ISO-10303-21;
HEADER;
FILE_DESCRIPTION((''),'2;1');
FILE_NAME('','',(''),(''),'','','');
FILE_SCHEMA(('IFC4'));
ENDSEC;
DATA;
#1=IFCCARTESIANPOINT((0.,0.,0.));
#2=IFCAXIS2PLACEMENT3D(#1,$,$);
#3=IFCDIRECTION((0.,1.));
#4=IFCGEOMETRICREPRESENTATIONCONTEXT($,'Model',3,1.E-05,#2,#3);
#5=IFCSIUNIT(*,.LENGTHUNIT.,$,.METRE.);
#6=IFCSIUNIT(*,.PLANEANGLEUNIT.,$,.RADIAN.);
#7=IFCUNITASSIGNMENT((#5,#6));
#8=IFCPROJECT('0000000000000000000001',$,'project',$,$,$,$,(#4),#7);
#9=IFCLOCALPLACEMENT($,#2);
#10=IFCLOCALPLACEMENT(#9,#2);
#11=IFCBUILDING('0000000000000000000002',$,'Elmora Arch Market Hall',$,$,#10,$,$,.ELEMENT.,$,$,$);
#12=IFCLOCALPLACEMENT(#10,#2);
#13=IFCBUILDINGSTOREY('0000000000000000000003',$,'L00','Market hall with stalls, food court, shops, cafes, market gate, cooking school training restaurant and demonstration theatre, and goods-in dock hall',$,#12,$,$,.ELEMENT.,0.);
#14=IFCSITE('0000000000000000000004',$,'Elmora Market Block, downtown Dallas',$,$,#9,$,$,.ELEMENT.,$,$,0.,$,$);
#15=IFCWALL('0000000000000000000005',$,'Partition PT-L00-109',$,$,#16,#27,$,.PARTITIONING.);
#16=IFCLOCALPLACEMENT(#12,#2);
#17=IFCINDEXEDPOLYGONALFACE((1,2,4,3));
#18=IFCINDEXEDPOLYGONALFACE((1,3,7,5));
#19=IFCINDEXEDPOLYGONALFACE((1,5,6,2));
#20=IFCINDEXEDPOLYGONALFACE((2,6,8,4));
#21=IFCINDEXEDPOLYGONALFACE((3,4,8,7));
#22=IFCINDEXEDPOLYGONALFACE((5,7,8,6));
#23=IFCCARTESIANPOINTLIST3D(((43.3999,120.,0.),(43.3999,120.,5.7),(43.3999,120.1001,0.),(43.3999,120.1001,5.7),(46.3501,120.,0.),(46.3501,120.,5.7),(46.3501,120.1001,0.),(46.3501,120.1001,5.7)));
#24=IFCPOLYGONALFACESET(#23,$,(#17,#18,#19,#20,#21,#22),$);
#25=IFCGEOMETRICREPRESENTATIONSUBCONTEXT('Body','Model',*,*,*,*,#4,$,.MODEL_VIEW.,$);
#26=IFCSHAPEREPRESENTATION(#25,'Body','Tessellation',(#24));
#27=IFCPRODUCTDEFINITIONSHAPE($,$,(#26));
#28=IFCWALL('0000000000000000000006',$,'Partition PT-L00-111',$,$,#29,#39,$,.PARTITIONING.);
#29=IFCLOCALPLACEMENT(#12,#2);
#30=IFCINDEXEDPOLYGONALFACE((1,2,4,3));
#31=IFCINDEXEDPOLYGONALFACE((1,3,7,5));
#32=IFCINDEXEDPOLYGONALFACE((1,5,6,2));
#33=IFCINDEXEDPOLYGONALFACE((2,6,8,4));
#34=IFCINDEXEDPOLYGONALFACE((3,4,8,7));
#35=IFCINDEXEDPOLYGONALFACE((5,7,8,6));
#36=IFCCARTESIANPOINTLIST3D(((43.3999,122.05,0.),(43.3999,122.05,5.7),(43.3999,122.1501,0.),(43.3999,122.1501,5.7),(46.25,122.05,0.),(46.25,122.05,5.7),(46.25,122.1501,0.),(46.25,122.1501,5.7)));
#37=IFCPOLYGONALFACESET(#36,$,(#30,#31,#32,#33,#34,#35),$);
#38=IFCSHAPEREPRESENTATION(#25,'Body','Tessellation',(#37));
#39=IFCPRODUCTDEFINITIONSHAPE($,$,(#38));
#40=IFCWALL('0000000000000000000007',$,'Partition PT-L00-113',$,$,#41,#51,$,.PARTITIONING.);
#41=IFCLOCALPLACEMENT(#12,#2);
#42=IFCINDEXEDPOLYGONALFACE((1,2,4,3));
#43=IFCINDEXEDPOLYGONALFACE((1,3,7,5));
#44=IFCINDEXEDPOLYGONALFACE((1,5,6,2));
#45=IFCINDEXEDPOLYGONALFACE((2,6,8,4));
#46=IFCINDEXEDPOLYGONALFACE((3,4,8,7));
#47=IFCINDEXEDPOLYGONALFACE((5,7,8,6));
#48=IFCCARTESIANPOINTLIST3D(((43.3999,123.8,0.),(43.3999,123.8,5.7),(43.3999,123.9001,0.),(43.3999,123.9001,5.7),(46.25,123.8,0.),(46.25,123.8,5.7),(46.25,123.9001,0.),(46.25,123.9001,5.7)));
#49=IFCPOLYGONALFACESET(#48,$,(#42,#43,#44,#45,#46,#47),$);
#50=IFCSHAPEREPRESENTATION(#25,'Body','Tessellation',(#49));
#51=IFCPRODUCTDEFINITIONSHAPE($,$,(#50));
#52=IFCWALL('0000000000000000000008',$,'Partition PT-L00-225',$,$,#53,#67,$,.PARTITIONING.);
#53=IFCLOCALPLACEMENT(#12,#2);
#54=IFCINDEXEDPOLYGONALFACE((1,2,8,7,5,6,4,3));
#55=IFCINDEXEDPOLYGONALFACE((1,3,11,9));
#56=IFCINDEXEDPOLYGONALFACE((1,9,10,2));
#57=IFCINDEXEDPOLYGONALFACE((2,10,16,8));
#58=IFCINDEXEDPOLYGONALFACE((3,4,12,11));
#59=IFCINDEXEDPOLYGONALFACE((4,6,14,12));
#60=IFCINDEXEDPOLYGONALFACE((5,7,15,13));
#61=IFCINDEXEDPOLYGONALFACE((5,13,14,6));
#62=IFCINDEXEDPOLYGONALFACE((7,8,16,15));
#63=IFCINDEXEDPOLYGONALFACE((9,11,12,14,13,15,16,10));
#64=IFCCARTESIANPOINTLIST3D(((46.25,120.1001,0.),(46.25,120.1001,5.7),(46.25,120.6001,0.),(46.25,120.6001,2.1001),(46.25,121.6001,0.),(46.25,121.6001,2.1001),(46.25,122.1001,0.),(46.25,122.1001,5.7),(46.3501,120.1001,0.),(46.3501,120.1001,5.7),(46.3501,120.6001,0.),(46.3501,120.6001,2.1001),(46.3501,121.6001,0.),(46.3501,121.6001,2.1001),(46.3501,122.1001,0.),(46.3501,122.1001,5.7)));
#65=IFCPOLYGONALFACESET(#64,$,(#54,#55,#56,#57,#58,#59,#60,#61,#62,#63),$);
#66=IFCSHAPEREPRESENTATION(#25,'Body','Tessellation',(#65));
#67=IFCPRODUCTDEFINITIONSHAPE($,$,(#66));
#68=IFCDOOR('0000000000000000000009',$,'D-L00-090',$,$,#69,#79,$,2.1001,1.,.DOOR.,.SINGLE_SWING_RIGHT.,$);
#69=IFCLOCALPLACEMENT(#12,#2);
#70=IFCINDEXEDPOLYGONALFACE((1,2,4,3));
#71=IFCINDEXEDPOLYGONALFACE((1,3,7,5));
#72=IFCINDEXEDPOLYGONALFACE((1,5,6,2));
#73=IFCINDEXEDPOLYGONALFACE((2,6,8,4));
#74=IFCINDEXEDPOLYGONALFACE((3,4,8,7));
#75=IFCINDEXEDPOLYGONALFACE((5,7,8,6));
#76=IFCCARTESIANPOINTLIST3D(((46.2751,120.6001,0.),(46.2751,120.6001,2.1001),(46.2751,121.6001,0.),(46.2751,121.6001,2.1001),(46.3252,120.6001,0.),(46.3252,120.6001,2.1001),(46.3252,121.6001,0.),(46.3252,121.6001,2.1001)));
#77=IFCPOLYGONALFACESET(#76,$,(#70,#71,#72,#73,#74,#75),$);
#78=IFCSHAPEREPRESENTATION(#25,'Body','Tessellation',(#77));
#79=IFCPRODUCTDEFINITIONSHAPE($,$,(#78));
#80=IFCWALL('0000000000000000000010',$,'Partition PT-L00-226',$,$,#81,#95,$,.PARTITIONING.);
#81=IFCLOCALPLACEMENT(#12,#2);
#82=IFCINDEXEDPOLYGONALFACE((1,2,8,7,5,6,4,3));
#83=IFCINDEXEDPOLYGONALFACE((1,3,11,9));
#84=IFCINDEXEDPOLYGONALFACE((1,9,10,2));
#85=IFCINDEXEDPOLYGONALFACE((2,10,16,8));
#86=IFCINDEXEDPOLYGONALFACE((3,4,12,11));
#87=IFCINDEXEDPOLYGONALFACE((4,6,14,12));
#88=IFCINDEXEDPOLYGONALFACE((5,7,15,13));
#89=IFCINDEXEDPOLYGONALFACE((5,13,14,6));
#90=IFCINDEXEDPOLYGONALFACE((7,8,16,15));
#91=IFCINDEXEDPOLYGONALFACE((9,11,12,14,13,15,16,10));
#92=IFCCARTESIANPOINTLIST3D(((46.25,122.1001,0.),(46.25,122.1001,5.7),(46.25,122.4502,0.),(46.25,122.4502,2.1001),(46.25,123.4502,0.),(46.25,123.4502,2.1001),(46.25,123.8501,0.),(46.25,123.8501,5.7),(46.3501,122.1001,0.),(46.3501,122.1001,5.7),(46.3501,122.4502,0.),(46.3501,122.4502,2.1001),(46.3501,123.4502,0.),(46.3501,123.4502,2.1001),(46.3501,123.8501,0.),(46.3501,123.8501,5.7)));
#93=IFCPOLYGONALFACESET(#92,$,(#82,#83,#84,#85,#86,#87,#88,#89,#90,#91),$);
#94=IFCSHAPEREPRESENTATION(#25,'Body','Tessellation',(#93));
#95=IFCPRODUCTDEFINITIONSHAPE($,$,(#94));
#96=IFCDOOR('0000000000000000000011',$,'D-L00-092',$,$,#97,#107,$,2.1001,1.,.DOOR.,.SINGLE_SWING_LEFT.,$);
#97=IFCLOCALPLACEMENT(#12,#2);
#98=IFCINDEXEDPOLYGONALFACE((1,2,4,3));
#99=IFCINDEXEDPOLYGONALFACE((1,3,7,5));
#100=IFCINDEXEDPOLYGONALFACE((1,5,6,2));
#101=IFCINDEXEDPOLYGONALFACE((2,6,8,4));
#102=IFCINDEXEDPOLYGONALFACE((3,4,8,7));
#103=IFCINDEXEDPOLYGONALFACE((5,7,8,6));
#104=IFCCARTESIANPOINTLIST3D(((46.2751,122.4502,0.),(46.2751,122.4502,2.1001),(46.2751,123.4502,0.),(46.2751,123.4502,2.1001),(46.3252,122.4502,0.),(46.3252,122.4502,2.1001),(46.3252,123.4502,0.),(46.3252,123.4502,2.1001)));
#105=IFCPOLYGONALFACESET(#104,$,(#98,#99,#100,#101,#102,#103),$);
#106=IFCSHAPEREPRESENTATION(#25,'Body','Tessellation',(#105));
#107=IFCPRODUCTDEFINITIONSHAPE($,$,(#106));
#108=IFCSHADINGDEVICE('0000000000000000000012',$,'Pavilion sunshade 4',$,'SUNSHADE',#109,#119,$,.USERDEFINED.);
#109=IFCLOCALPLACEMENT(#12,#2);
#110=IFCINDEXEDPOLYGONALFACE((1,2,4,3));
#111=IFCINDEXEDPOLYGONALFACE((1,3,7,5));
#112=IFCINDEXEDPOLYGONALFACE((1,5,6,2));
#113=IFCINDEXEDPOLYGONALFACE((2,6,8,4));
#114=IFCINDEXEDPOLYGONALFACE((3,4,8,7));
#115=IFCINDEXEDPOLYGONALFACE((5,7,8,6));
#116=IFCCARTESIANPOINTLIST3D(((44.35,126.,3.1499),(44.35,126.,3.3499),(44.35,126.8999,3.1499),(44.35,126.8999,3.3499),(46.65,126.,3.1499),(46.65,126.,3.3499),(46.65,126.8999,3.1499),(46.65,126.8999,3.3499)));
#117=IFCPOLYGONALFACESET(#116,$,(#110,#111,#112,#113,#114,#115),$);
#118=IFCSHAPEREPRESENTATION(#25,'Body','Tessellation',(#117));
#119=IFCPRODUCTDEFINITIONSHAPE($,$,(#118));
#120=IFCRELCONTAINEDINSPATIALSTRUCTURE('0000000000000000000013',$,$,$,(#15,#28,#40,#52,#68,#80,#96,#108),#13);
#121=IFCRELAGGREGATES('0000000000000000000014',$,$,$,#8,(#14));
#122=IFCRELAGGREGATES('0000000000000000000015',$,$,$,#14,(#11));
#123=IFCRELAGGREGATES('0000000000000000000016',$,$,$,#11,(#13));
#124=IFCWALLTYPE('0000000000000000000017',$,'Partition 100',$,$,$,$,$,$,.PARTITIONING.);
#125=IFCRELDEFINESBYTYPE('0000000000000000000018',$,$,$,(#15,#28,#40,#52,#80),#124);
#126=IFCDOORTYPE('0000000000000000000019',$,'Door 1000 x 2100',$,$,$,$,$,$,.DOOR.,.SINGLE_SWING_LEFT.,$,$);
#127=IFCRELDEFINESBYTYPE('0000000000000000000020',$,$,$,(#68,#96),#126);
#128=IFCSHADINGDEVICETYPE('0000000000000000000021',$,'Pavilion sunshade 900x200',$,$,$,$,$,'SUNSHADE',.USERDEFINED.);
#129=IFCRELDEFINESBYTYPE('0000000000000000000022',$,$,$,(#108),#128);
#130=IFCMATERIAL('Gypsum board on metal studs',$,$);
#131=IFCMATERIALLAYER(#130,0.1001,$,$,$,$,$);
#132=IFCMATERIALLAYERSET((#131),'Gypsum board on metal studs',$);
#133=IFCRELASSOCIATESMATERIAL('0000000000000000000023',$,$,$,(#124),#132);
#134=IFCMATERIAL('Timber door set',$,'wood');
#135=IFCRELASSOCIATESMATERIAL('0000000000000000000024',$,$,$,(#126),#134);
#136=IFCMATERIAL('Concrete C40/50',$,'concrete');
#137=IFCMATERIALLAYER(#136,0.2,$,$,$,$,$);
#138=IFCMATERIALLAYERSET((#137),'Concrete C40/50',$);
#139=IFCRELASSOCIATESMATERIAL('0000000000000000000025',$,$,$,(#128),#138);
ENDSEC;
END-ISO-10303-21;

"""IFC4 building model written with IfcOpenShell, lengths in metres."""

from ifc_helpers import new_model, si_unit, direction, frame, frame_2d, origin, origin_2d, place, context, subcontext, project, spatial, rectangle, extrude, material, layer, layer_set, type_object, element, fill, save


model = new_model("IFC4")

# Units and contexts
model_context = context("Model", 3, precision=1e-05, world=origin(), true_north=direction((0.0, 1.0)))
body_context = subcontext(model_context, "Body", "Model", "MODEL_VIEW")
ifc_project = project(units=[si_unit("LENGTHUNIT", "METRE"), si_unit("PLANEANGLEUNIT", "RADIAN")], contexts=[model_context])

# Site, building, storey
site_placement = place(None, origin())
site = spatial("IfcSite", under=ifc_project, at=site_placement, Name="Elmora Market Block, downtown Dallas", CompositionType="ELEMENT", RefElevation=0.0)
building_placement = place(site_placement, origin())
building = spatial("IfcBuilding", under=site, at=building_placement, Name="Elmora Arch Market Hall", CompositionType="ELEMENT")
storey_placement = place(building_placement, origin())
storey = spatial("IfcBuildingStorey", under=building, at=storey_placement, Name="L00", Description="Market hall with stalls, food court, shops, cafes, market gate, cooking school training restaurant and demonstration theatre, and goods-in dock hall", CompositionType="ELEMENT", Elevation=0.0)

# Walls
ifc_material_1 = material(Name="Gypsum board on metal studs")
ifc_layer_1 = layer(ifc_material_1, 0.1001)
ifc_layer_set_1 = layer_set([ifc_layer_1], Name="Gypsum board on metal studs")
wall_type_1 = type_object("IfcWallType", Name="Partition 100", PredefinedType="PARTITIONING", material=ifc_layer_set_1)
wall_1_placement = place(storey_placement, frame((43.3999, 120.05, 0.0), z_axis=(0.0, 0.0, 1.0), x_axis=(1.0, 0.0, 0.0)))
element("IfcWall", 1, at=wall_1_placement, inside=storey, type_object=wall_type_1, Name="Partition PT-L00-109", PredefinedType="PARTITIONING", context=body_context, shape_type="SweptSolid", body=[
    extrude(rectangle(XDim=2.9502, YDim=0.1001, at=frame_2d((1.4751, 0.0))), origin(), (0.0, 0.0, 1.0), 5.7),
])
for number, where, z_axis, x_axis, name in (
    (2, (43.3999, 122.1001, 0.0), (0.0, 0.0, 1.0), (1.0, 0.0, 0.0), "Partition PT-L00-111"),
    (3, (43.3999, 123.8501, 0.0), (0.0, 0.0, 1.0), (1.0, 0.0, 0.0), "Partition PT-L00-113"),
):
    element("IfcWall", number, at=place(storey_placement, frame(where, z_axis=z_axis, x_axis=x_axis)), inside=storey, type_object=wall_type_1, Name=name, PredefinedType="PARTITIONING", context=body_context, shape_type="SweptSolid", body=[
        extrude(rectangle(XDim=2.8501, YDim=0.1001, at=frame_2d((1.425, 0.0))), origin(), (0.0, 0.0, 1.0), 5.7),
    ])

# Walls, openings, doors
wall_2_placement = place(storey_placement, frame((46.3, 120.1001, 0.0), z_axis=(0.0, 0.0, 1.0), x_axis=(0.0, 1.0, 0.0)))
wall_2 = element("IfcWall", 4, at=wall_2_placement, inside=storey, type_object=wall_type_1, Name="Partition PT-L00-225", PredefinedType="PARTITIONING", context=body_context, shape_type="SweptSolid", body=[
    extrude(rectangle(XDim=2.0, YDim=0.1001, at=frame_2d((1.0, 0.0))), origin(), (0.0, 0.0, 1.0), 5.7),
])
opening_1_placement = place(wall_2_placement, frame((0.5, 0.0, 0.0)))
opening_1 = element("IfcOpeningElement", 5, at=opening_1_placement, cuts=wall_2, PredefinedType="OPENING", context=body_context, shape_type="SweptSolid", body=[
    extrude(rectangle(XDim=1.0, YDim=2.1001, at=frame_2d((0.5, 1.05))), frame((0.0, 0.0601, 0.0), z_axis=(0.0, -1.0, 0.0), x_axis=(1.0, 0.0, 0.0)), (0.0, 0.0, 1.0), 0.1201),
])
ifc_material_2 = material(Name="Timber door set", Category="wood")
door_type_1 = type_object("IfcDoorType", Name="Door 1000 x 2100", OperationType="SINGLE_SWING_LEFT", PredefinedType="DOOR", material=ifc_material_2)
door_1_placement = place(opening_1_placement, origin())
door_1 = element("IfcDoor", 6, at=door_1_placement, inside=storey, type_object=door_type_1, Name="D-L00-090", OperationType="SINGLE_SWING_RIGHT", OverallHeight=2.1001, OverallWidth=1.0, PredefinedType="DOOR", context=body_context, shape_type="SweptSolid", body=[
    extrude(rectangle(XDim=1.0, YDim=2.1001, at=frame_2d((0.5, 1.05))), frame((0.0, 0.0249, 0.0), z_axis=(0.0, -1.0, 0.0), x_axis=(1.0, 0.0, 0.0)), (0.0, 0.0, 1.0), 0.05),
])
fill(opening_1, door_1)
wall_3_placement = place(storey_placement, frame((46.3, 122.1001, 0.0), z_axis=(0.0, 0.0, 1.0), x_axis=(0.0, 1.0, 0.0)))
wall_3 = element("IfcWall", 7, at=wall_3_placement, inside=storey, type_object=wall_type_1, Name="Partition PT-L00-226", PredefinedType="PARTITIONING", context=body_context, shape_type="SweptSolid", body=[
    extrude(rectangle(XDim=1.75, YDim=0.1001, at=frame_2d((0.875, 0.0))), origin(), (0.0, 0.0, 1.0), 5.7),
])
opening_2_placement = place(wall_3_placement, frame((0.3501, 0.0, 0.0)))
opening_2 = element("IfcOpeningElement", 8, at=opening_2_placement, cuts=wall_3, PredefinedType="OPENING", context=body_context, shape_type="SweptSolid", body=[
    extrude(rectangle(XDim=1.0, YDim=2.1001, at=frame_2d((0.5, 1.05))), frame((0.0, 0.0601, 0.0), z_axis=(0.0, -1.0, 0.0), x_axis=(1.0, 0.0, 0.0)), (0.0, 0.0, 1.0), 0.1201),
])
door_2_placement = place(opening_2_placement, origin())
door_2 = element("IfcDoor", 9, at=door_2_placement, inside=storey, type_object=door_type_1, Name="D-L00-092", OperationType="SINGLE_SWING_LEFT", OverallHeight=2.1001, OverallWidth=1.0, PredefinedType="DOOR", context=body_context, shape_type="SweptSolid", body=[
    extrude(rectangle(XDim=1.0, YDim=2.1001, at=frame_2d((0.5, 1.05))), frame((0.0, 0.0249, 0.0), z_axis=(0.0, -1.0, 0.0), x_axis=(1.0, 0.0, 0.0)), (0.0, 0.0, 1.0), 0.05),
])
fill(opening_2, door_2)

# Shading device
ifc_material_3 = material(Name="Concrete C40/50", Category="concrete")
ifc_layer_2 = layer(ifc_material_3, 0.2)
ifc_layer_set_2 = layer_set([ifc_layer_2], Name="Concrete C40/50")
shading_device_type = type_object("IfcShadingDeviceType", Name="Pavilion sunshade 900x200", ElementType="SUNSHADE", PredefinedType="USERDEFINED", material=ifc_layer_set_2)
shading_device_placement = place(storey_placement, frame((45.5, 126.45, 3.1499), z_axis=(0.0, 0.0, 1.0), x_axis=(1.0, 0.0, 0.0)))
element("IfcShadingDevice", 10, at=shading_device_placement, inside=storey, type_object=shading_device_type, Name="Pavilion sunshade 4", ObjectType="SUNSHADE", PredefinedType="USERDEFINED", context=body_context, shape_type="SweptSolid", body=[
    extrude(rectangle(XDim=2.3, YDim=0.8999, at=origin_2d()), origin(), (0.0, 0.0, 1.0), 0.2),
])

save(model, "model.ifc")
